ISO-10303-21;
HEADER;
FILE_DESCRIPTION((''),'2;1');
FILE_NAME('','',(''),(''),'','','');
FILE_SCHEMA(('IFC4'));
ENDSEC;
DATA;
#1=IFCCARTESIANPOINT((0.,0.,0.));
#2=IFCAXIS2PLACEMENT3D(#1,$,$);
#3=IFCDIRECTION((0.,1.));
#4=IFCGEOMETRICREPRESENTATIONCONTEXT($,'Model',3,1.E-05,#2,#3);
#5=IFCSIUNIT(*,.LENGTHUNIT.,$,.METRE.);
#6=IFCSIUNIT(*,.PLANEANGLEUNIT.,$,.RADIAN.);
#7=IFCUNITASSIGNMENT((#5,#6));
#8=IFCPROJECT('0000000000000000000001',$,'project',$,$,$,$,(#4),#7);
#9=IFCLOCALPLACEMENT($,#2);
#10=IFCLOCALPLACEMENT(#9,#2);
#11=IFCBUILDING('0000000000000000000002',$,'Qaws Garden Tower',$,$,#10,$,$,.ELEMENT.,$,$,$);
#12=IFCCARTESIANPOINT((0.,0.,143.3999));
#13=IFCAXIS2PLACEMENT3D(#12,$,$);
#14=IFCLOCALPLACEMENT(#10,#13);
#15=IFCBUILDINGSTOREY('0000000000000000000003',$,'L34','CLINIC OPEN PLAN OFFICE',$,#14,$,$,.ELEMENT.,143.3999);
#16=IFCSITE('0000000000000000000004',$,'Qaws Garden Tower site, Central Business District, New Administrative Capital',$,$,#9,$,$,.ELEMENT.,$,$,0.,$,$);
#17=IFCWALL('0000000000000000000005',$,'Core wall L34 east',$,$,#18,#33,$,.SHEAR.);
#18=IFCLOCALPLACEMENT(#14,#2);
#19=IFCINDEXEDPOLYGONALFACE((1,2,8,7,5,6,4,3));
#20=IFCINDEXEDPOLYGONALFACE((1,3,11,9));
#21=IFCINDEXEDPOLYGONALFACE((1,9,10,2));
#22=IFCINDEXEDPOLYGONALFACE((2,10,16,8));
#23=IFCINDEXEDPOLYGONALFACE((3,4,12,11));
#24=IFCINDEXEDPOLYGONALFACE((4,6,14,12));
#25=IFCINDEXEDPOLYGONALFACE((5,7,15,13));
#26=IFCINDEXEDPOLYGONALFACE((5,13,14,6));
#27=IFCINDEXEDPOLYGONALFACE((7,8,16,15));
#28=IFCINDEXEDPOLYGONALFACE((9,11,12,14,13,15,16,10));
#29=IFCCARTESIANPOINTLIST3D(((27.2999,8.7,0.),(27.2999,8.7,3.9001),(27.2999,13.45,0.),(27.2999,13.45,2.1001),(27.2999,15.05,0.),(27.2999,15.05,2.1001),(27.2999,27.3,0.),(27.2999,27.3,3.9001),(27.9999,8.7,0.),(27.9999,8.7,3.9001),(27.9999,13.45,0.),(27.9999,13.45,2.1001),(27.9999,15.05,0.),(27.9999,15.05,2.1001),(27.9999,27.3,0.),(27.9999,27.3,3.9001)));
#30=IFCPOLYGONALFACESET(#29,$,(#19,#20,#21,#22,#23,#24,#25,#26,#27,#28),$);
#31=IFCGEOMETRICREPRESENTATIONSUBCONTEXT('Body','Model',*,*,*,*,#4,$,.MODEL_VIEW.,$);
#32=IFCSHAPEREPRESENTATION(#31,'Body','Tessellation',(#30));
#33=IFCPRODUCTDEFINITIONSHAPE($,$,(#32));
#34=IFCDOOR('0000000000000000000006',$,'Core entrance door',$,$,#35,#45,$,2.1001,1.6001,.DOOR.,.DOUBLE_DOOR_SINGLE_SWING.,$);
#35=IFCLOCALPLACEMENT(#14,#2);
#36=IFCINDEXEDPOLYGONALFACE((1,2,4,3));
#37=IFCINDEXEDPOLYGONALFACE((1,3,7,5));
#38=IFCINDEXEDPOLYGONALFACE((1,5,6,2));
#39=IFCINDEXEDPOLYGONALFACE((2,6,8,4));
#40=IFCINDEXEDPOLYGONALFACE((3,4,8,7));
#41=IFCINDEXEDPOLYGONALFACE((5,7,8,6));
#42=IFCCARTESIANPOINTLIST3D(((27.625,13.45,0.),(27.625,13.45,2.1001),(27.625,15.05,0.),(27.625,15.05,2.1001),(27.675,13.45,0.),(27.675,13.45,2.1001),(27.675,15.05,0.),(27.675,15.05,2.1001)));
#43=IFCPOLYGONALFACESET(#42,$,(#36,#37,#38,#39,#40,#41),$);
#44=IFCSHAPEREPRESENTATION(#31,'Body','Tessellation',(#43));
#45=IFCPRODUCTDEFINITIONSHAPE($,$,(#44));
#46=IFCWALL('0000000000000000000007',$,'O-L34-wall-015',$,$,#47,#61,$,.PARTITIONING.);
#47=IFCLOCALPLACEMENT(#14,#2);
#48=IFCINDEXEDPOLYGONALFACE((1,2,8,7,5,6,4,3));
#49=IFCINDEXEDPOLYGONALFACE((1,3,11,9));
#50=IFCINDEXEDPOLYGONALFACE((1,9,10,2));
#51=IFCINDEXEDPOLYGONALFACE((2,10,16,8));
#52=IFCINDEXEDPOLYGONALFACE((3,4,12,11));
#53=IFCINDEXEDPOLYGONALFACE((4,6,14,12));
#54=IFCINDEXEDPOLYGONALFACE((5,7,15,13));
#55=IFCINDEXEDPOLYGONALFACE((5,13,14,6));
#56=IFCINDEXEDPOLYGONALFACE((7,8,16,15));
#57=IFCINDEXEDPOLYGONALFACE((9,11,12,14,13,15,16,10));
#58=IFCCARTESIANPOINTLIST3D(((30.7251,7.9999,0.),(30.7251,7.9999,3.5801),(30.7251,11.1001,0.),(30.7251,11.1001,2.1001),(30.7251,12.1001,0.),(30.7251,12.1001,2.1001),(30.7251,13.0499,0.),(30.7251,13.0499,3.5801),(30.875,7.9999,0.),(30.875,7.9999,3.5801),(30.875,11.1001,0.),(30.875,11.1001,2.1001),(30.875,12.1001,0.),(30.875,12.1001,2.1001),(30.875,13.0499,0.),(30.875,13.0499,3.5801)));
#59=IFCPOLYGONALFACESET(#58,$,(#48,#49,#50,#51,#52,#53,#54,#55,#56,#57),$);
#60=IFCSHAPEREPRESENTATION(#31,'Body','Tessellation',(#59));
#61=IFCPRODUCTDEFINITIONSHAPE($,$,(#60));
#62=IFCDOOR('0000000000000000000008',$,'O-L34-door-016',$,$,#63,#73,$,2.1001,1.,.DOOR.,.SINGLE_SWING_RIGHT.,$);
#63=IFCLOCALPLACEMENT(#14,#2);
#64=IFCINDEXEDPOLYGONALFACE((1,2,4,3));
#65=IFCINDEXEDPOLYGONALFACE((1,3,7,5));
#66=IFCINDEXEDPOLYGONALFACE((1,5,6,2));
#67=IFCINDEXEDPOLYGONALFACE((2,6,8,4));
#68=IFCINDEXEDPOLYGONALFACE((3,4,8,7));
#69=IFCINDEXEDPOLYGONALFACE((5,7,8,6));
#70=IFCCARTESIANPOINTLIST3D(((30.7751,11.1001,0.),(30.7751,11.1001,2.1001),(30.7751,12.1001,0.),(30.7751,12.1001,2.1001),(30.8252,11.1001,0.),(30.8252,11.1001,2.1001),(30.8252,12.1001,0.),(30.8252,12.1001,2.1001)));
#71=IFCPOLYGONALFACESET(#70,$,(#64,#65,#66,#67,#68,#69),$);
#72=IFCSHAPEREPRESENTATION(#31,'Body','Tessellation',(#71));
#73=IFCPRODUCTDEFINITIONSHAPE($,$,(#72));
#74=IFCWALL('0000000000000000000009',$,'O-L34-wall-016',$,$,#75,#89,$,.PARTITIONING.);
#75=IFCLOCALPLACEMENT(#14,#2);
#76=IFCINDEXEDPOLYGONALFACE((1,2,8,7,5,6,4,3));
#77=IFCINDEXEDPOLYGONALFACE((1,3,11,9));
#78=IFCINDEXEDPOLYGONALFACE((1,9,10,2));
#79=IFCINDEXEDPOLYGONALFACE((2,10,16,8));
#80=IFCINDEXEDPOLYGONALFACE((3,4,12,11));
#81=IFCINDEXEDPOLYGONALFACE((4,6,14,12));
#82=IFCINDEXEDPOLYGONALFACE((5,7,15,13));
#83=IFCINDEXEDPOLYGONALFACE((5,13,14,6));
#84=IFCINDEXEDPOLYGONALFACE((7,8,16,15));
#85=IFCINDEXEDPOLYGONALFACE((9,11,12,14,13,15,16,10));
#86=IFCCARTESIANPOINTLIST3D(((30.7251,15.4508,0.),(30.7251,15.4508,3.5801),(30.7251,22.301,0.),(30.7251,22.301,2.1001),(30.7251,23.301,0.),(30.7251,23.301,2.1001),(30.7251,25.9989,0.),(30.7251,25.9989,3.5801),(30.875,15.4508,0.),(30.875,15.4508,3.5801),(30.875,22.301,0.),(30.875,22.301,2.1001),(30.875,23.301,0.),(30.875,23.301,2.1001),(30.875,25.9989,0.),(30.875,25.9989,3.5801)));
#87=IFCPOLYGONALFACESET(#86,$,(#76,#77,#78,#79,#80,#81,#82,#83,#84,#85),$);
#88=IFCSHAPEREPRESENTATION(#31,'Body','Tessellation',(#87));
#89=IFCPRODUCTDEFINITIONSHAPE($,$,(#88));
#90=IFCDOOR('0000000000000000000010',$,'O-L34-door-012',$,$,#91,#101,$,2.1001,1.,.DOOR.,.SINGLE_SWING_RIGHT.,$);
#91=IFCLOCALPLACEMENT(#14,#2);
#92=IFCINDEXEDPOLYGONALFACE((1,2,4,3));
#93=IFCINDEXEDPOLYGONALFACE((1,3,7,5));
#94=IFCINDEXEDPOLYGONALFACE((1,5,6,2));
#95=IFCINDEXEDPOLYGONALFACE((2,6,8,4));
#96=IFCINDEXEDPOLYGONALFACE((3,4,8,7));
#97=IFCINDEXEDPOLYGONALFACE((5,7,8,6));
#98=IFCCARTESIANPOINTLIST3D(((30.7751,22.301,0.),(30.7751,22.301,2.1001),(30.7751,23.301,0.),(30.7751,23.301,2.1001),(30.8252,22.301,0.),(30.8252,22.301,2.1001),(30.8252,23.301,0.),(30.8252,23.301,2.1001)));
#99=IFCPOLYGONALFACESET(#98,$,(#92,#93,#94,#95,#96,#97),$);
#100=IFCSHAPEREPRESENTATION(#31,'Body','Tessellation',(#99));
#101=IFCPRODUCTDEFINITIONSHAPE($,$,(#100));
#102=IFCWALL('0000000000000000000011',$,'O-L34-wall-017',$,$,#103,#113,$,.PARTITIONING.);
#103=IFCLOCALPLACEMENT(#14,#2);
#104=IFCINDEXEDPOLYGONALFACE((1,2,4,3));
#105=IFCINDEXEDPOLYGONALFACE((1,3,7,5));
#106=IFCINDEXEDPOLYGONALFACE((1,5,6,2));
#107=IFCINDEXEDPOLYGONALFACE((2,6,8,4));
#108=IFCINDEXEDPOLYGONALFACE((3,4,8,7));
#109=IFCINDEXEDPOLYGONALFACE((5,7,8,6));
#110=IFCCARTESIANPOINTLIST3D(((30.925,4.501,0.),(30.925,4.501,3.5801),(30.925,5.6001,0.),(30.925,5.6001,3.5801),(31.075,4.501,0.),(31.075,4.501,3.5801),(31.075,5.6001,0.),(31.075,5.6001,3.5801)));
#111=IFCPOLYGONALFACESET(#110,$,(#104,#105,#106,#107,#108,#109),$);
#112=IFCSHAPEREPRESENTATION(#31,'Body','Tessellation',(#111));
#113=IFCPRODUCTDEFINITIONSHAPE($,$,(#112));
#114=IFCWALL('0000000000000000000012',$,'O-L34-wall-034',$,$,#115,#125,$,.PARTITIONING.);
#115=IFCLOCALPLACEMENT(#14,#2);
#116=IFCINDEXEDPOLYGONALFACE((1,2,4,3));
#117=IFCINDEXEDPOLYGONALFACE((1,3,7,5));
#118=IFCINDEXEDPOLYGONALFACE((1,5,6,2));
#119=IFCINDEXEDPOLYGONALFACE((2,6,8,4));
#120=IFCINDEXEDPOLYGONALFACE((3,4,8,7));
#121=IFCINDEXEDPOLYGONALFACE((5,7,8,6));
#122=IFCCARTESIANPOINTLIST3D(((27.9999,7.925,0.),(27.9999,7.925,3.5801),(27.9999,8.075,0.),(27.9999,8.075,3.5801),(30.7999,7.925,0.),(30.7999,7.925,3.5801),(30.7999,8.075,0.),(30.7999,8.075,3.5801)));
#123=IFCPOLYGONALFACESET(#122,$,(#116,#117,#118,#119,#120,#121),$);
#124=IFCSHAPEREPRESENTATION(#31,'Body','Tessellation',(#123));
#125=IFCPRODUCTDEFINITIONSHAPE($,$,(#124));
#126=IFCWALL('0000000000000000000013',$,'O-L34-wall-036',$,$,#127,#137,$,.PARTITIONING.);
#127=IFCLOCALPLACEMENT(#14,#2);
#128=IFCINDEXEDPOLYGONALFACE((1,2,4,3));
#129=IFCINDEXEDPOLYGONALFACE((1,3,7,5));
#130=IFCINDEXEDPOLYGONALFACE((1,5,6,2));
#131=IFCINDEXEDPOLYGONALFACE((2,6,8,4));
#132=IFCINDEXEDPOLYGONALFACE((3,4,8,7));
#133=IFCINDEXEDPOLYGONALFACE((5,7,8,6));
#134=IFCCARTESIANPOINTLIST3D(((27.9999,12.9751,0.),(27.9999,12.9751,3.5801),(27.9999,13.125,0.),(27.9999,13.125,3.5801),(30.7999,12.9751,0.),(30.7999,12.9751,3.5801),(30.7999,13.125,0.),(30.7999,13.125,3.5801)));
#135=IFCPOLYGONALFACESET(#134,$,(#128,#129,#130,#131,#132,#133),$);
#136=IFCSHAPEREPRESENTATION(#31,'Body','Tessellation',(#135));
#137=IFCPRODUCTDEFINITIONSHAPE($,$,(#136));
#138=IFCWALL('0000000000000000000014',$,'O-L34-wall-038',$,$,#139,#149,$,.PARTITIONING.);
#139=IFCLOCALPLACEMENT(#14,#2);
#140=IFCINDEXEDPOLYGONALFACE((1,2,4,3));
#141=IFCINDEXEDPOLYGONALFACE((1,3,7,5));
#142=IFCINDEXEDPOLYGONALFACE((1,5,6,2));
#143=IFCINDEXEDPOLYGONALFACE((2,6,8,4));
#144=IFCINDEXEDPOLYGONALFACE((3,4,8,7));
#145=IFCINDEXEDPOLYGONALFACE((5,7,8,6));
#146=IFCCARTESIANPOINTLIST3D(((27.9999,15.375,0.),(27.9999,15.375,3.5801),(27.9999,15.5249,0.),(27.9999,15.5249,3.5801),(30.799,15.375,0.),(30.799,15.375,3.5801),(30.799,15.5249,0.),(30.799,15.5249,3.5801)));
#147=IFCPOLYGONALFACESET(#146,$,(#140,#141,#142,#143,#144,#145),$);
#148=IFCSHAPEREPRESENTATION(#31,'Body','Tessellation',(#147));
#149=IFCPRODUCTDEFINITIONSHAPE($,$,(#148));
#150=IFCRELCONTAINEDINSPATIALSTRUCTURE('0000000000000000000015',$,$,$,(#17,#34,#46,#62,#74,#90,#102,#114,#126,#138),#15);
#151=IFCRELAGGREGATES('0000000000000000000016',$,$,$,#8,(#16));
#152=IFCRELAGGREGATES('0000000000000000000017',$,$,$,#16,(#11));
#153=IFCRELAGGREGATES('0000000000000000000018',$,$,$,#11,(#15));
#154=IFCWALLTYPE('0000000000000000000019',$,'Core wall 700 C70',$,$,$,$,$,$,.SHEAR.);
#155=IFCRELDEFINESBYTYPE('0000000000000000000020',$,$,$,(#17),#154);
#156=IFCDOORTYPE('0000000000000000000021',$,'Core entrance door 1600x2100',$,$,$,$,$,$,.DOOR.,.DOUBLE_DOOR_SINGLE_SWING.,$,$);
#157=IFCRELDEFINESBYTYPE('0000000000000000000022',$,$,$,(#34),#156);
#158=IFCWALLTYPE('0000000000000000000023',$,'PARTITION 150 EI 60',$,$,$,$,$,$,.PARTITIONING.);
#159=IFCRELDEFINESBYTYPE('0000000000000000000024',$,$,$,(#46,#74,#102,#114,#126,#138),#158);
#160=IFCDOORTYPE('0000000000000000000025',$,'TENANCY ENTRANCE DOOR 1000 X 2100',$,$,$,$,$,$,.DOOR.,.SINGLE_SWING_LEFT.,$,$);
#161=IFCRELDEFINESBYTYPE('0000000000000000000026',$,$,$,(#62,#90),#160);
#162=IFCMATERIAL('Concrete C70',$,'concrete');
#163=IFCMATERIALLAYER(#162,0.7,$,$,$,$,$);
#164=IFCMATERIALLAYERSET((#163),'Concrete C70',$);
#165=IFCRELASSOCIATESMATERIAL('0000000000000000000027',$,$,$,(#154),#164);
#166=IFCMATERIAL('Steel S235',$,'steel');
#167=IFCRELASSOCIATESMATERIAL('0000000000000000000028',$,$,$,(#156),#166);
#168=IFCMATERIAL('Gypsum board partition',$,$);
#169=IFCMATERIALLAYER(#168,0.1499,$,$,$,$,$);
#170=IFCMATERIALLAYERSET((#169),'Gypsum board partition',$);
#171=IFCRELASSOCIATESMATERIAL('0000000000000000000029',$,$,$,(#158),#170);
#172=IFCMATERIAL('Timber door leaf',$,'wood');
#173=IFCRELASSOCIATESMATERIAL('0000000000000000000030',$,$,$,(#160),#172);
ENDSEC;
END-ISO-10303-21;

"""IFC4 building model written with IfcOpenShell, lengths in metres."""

from ifc_helpers import new_model, si_unit, direction, frame, frame_2d, origin, place, context, subcontext, project, spatial, rectangle, extrude, material, layer, layer_set, type_object, element, fill, save


model = new_model("IFC4")

# Units and contexts
model_context = context("Model", 3, precision=1e-05, world=origin(), true_north=direction((0.0, 1.0)))
body_context = subcontext(model_context, "Body", "Model", "MODEL_VIEW")
ifc_project = project(units=[si_unit("LENGTHUNIT", "METRE"), si_unit("PLANEANGLEUNIT", "RADIAN")], contexts=[model_context])

# Site, building, storey
site_placement = place(None, origin())
site = spatial("IfcSite", under=ifc_project, at=site_placement, Name="Qaws Garden Tower site, Central Business District, New Administrative Capital", CompositionType="ELEMENT", RefElevation=0.0)
building_placement = place(site_placement, origin())
building = spatial("IfcBuilding", under=site, at=building_placement, Name="Qaws Garden Tower", CompositionType="ELEMENT")
storey_placement = place(building_placement, frame((0.0, 0.0, 143.3999)))
storey = spatial("IfcBuildingStorey", under=building, at=storey_placement, Name="L34", Description="CLINIC OPEN PLAN OFFICE", CompositionType="ELEMENT", Elevation=143.3999)

# Walls, openings, doors
ifc_material_1 = material(Name="Concrete C70", Category="concrete")
ifc_layer_1 = layer(ifc_material_1, 0.7)
ifc_layer_set_1 = layer_set([ifc_layer_1], Name="Concrete C70")
wall_type_1 = type_object("IfcWallType", Name="Core wall 700 C70", PredefinedType="SHEAR", material=ifc_layer_set_1)
wall_1_placement = place(storey_placement, frame((27.6499, 8.7, 0.0), z_axis=(0.0, 0.0, 1.0), x_axis=(0.0, 1.0, 0.0)))
wall_1 = element("IfcWall", 1, at=wall_1_placement, inside=storey, type_object=wall_type_1, Name="Core wall L34 east", PredefinedType="SHEAR", context=body_context, shape_type="SweptSolid", body=[
    extrude(rectangle(XDim=18.6001, YDim=0.7, at=frame_2d((9.3, 0.0))), origin(), (0.0, 0.0, 1.0), 3.9001),
])
opening_1_placement = place(wall_1_placement, frame((4.75, 0.0, 0.0)))
opening_1 = element("IfcOpeningElement", 2, at=opening_1_placement, cuts=wall_1, PredefinedType="OPENING", context=body_context, shape_type="SweptSolid", body=[
    extrude(rectangle(XDim=1.6001, YDim=2.1001, at=frame_2d((0.8, 1.05))), frame((0.0, 0.3599, 0.0), z_axis=(0.0, -1.0, 0.0), x_axis=(1.0, 0.0, 0.0)), (0.0, 0.0, 1.0), 0.72),
])
ifc_material_2 = material(Name="Steel S235", Category="steel")
door_type_1 = type_object("IfcDoorType", Name="Core entrance door 1600x2100", OperationType="DOUBLE_DOOR_SINGLE_SWING", PredefinedType="DOOR", material=ifc_material_2)
door_1_placement = place(opening_1_placement, origin())
door_1 = element("IfcDoor", 3, at=door_1_placement, inside=storey, type_object=door_type_1, Name="Core entrance door", OperationType="DOUBLE_DOOR_SINGLE_SWING", OverallHeight=2.1001, OverallWidth=1.6001, PredefinedType="DOOR", context=body_context, shape_type="SweptSolid", body=[
    extrude(rectangle(XDim=1.6001, YDim=2.1001, at=frame_2d((0.8, 1.05))), frame((0.0, 0.0249, 0.0), z_axis=(0.0, -1.0, 0.0), x_axis=(1.0, 0.0, 0.0)), (0.0, 0.0, 1.0), 0.05),
])
fill(opening_1, door_1)
ifc_material_3 = material(Name="Gypsum board partition")
ifc_layer_2 = layer(ifc_material_3, 0.1499)
ifc_layer_set_2 = layer_set([ifc_layer_2], Name="Gypsum board partition")
wall_type_2 = type_object("IfcWallType", Name="PARTITION 150 EI 60", PredefinedType="PARTITIONING", material=ifc_layer_set_2)
wall_2_placement = place(storey_placement, frame((30.8, 8.0, 0.0), z_axis=(0.0, 0.0, 1.0), x_axis=(0.0, 1.0, 0.0)))
wall_2 = element("IfcWall", 4, at=wall_2_placement, inside=storey, type_object=wall_type_2, Name="O-L34-wall-015", PredefinedType="PARTITIONING", context=body_context, shape_type="SweptSolid", body=[
    extrude(rectangle(XDim=5.05, YDim=0.1499, at=frame_2d((2.5249, 0.0))), origin(), (0.0, 0.0, 1.0), 3.5801),
])
opening_2_placement = place(wall_2_placement, frame((3.1001, 0.0, 0.0)))
opening_2 = element("IfcOpeningElement", 5, at=opening_2_placement, cuts=wall_2, PredefinedType="OPENING", context=body_context, shape_type="SweptSolid", body=[
    extrude(rectangle(XDim=1.0, YDim=2.1001, at=frame_2d((0.5, 1.05))), frame((0.0, 0.085, 0.0), z_axis=(0.0, -1.0, 0.0), x_axis=(1.0, 0.0, 0.0)), (0.0, 0.0, 1.0), 0.1699),
])
ifc_material_4 = material(Name="Timber door leaf", Category="wood")
door_type_2 = type_object("IfcDoorType", Name="TENANCY ENTRANCE DOOR 1000 X 2100", OperationType="SINGLE_SWING_LEFT", PredefinedType="DOOR", material=ifc_material_4)
door_2_placement = place(opening_2_placement, origin())
door_2 = element("IfcDoor", 6, at=door_2_placement, inside=storey, type_object=door_type_2, Name="O-L34-door-016", OperationType="SINGLE_SWING_RIGHT", OverallHeight=2.1001, OverallWidth=1.0, PredefinedType="DOOR", context=body_context, shape_type="SweptSolid", body=[
    extrude(rectangle(XDim=1.0, YDim=2.1001, at=frame_2d((0.5, 1.05))), frame((0.0, 0.0249, 0.0), z_axis=(0.0, -1.0, 0.0), x_axis=(1.0, 0.0, 0.0)), (0.0, 0.0, 1.0), 0.05),
])
fill(opening_2, door_2)
wall_3_placement = place(storey_placement, frame((30.8, 15.4509, 0.0), z_axis=(0.0, 0.0, 1.0), x_axis=(0.0, 1.0, 0.0)))
wall_3 = element("IfcWall", 7, at=wall_3_placement, inside=storey, type_object=wall_type_2, Name="O-L34-wall-016", PredefinedType="PARTITIONING", context=body_context, shape_type="SweptSolid", body=[
    extrude(rectangle(XDim=10.5481, YDim=0.1499, at=frame_2d((5.2739, 0.0))), origin(), (0.0, 0.0, 1.0), 3.5801),
])
opening_3_placement = place(wall_3_placement, frame((6.8501, 0.0, 0.0)))
opening_3 = element("IfcOpeningElement", 8, at=opening_3_placement, cuts=wall_3, PredefinedType="OPENING", context=body_context, shape_type="SweptSolid", body=[
    extrude(rectangle(XDim=1.0, YDim=2.1001, at=frame_2d((0.5, 1.05))), frame((0.0, 0.085, 0.0), z_axis=(0.0, -1.0, 0.0), x_axis=(1.0, 0.0, 0.0)), (0.0, 0.0, 1.0), 0.1699),
])
door_3_placement = place(opening_3_placement, origin())
door_3 = element("IfcDoor", 9, at=door_3_placement, inside=storey, type_object=door_type_2, Name="O-L34-door-012", OperationType="SINGLE_SWING_RIGHT", OverallHeight=2.1001, OverallWidth=1.0, PredefinedType="DOOR", context=body_context, shape_type="SweptSolid", body=[
    extrude(rectangle(XDim=1.0, YDim=2.1001, at=frame_2d((0.5, 1.05))), frame((0.0, 0.0249, 0.0), z_axis=(0.0, -1.0, 0.0), x_axis=(1.0, 0.0, 0.0)), (0.0, 0.0, 1.0), 0.05),
])
fill(opening_3, door_3)

# Walls
wall_4_placement = place(storey_placement, frame((31.0, 4.501, 0.0), z_axis=(0.0, 0.0, 1.0), x_axis=(0.0, 1.0, 0.0)))
element("IfcWall", 10, at=wall_4_placement, inside=storey, type_object=wall_type_2, Name="O-L34-wall-017", PredefinedType="PARTITIONING", context=body_context, shape_type="SweptSolid", body=[
    extrude(rectangle(XDim=1.0991, YDim=0.1499, at=frame_2d((0.5496, 0.0))), origin(), (0.0, 0.0, 1.0), 3.5801),
])
for number, where, z_axis, x_axis, name in (
    (11, (28.0, 8.0, 0.0), (0.0, 0.0, 1.0), (1.0, 0.0, 0.0), "O-L34-wall-034"),
    (12, (28.0, 13.05, 0.0), (0.0, 0.0, 1.0), (1.0, 0.0, 0.0), "O-L34-wall-036"),
):
    element("IfcWall", number, at=place(storey_placement, frame(where, z_axis=z_axis, x_axis=x_axis)), inside=storey, type_object=wall_type_2, Name=name, PredefinedType="PARTITIONING", context=body_context, shape_type="SweptSolid", body=[
        extrude(rectangle(XDim=2.8, YDim=0.1499, at=frame_2d((1.3999, 0.0))), origin(), (0.0, 0.0, 1.0), 3.5801),
    ])
wall_5_placement = place(storey_placement, frame((28.0, 15.45, 0.0), z_axis=(0.0, 0.0, 1.0), x_axis=(1.0, 0.0, 0.0)))
element("IfcWall", 13, at=wall_5_placement, inside=storey, type_object=wall_type_2, Name="O-L34-wall-038", PredefinedType="PARTITIONING", context=body_context, shape_type="SweptSolid", body=[
    extrude(rectangle(XDim=2.7991, YDim=0.1499, at=frame_2d((1.3994, 0.0))), origin(), (0.0, 0.0, 1.0), 3.5801),
])

save(model, "model.ifc")
